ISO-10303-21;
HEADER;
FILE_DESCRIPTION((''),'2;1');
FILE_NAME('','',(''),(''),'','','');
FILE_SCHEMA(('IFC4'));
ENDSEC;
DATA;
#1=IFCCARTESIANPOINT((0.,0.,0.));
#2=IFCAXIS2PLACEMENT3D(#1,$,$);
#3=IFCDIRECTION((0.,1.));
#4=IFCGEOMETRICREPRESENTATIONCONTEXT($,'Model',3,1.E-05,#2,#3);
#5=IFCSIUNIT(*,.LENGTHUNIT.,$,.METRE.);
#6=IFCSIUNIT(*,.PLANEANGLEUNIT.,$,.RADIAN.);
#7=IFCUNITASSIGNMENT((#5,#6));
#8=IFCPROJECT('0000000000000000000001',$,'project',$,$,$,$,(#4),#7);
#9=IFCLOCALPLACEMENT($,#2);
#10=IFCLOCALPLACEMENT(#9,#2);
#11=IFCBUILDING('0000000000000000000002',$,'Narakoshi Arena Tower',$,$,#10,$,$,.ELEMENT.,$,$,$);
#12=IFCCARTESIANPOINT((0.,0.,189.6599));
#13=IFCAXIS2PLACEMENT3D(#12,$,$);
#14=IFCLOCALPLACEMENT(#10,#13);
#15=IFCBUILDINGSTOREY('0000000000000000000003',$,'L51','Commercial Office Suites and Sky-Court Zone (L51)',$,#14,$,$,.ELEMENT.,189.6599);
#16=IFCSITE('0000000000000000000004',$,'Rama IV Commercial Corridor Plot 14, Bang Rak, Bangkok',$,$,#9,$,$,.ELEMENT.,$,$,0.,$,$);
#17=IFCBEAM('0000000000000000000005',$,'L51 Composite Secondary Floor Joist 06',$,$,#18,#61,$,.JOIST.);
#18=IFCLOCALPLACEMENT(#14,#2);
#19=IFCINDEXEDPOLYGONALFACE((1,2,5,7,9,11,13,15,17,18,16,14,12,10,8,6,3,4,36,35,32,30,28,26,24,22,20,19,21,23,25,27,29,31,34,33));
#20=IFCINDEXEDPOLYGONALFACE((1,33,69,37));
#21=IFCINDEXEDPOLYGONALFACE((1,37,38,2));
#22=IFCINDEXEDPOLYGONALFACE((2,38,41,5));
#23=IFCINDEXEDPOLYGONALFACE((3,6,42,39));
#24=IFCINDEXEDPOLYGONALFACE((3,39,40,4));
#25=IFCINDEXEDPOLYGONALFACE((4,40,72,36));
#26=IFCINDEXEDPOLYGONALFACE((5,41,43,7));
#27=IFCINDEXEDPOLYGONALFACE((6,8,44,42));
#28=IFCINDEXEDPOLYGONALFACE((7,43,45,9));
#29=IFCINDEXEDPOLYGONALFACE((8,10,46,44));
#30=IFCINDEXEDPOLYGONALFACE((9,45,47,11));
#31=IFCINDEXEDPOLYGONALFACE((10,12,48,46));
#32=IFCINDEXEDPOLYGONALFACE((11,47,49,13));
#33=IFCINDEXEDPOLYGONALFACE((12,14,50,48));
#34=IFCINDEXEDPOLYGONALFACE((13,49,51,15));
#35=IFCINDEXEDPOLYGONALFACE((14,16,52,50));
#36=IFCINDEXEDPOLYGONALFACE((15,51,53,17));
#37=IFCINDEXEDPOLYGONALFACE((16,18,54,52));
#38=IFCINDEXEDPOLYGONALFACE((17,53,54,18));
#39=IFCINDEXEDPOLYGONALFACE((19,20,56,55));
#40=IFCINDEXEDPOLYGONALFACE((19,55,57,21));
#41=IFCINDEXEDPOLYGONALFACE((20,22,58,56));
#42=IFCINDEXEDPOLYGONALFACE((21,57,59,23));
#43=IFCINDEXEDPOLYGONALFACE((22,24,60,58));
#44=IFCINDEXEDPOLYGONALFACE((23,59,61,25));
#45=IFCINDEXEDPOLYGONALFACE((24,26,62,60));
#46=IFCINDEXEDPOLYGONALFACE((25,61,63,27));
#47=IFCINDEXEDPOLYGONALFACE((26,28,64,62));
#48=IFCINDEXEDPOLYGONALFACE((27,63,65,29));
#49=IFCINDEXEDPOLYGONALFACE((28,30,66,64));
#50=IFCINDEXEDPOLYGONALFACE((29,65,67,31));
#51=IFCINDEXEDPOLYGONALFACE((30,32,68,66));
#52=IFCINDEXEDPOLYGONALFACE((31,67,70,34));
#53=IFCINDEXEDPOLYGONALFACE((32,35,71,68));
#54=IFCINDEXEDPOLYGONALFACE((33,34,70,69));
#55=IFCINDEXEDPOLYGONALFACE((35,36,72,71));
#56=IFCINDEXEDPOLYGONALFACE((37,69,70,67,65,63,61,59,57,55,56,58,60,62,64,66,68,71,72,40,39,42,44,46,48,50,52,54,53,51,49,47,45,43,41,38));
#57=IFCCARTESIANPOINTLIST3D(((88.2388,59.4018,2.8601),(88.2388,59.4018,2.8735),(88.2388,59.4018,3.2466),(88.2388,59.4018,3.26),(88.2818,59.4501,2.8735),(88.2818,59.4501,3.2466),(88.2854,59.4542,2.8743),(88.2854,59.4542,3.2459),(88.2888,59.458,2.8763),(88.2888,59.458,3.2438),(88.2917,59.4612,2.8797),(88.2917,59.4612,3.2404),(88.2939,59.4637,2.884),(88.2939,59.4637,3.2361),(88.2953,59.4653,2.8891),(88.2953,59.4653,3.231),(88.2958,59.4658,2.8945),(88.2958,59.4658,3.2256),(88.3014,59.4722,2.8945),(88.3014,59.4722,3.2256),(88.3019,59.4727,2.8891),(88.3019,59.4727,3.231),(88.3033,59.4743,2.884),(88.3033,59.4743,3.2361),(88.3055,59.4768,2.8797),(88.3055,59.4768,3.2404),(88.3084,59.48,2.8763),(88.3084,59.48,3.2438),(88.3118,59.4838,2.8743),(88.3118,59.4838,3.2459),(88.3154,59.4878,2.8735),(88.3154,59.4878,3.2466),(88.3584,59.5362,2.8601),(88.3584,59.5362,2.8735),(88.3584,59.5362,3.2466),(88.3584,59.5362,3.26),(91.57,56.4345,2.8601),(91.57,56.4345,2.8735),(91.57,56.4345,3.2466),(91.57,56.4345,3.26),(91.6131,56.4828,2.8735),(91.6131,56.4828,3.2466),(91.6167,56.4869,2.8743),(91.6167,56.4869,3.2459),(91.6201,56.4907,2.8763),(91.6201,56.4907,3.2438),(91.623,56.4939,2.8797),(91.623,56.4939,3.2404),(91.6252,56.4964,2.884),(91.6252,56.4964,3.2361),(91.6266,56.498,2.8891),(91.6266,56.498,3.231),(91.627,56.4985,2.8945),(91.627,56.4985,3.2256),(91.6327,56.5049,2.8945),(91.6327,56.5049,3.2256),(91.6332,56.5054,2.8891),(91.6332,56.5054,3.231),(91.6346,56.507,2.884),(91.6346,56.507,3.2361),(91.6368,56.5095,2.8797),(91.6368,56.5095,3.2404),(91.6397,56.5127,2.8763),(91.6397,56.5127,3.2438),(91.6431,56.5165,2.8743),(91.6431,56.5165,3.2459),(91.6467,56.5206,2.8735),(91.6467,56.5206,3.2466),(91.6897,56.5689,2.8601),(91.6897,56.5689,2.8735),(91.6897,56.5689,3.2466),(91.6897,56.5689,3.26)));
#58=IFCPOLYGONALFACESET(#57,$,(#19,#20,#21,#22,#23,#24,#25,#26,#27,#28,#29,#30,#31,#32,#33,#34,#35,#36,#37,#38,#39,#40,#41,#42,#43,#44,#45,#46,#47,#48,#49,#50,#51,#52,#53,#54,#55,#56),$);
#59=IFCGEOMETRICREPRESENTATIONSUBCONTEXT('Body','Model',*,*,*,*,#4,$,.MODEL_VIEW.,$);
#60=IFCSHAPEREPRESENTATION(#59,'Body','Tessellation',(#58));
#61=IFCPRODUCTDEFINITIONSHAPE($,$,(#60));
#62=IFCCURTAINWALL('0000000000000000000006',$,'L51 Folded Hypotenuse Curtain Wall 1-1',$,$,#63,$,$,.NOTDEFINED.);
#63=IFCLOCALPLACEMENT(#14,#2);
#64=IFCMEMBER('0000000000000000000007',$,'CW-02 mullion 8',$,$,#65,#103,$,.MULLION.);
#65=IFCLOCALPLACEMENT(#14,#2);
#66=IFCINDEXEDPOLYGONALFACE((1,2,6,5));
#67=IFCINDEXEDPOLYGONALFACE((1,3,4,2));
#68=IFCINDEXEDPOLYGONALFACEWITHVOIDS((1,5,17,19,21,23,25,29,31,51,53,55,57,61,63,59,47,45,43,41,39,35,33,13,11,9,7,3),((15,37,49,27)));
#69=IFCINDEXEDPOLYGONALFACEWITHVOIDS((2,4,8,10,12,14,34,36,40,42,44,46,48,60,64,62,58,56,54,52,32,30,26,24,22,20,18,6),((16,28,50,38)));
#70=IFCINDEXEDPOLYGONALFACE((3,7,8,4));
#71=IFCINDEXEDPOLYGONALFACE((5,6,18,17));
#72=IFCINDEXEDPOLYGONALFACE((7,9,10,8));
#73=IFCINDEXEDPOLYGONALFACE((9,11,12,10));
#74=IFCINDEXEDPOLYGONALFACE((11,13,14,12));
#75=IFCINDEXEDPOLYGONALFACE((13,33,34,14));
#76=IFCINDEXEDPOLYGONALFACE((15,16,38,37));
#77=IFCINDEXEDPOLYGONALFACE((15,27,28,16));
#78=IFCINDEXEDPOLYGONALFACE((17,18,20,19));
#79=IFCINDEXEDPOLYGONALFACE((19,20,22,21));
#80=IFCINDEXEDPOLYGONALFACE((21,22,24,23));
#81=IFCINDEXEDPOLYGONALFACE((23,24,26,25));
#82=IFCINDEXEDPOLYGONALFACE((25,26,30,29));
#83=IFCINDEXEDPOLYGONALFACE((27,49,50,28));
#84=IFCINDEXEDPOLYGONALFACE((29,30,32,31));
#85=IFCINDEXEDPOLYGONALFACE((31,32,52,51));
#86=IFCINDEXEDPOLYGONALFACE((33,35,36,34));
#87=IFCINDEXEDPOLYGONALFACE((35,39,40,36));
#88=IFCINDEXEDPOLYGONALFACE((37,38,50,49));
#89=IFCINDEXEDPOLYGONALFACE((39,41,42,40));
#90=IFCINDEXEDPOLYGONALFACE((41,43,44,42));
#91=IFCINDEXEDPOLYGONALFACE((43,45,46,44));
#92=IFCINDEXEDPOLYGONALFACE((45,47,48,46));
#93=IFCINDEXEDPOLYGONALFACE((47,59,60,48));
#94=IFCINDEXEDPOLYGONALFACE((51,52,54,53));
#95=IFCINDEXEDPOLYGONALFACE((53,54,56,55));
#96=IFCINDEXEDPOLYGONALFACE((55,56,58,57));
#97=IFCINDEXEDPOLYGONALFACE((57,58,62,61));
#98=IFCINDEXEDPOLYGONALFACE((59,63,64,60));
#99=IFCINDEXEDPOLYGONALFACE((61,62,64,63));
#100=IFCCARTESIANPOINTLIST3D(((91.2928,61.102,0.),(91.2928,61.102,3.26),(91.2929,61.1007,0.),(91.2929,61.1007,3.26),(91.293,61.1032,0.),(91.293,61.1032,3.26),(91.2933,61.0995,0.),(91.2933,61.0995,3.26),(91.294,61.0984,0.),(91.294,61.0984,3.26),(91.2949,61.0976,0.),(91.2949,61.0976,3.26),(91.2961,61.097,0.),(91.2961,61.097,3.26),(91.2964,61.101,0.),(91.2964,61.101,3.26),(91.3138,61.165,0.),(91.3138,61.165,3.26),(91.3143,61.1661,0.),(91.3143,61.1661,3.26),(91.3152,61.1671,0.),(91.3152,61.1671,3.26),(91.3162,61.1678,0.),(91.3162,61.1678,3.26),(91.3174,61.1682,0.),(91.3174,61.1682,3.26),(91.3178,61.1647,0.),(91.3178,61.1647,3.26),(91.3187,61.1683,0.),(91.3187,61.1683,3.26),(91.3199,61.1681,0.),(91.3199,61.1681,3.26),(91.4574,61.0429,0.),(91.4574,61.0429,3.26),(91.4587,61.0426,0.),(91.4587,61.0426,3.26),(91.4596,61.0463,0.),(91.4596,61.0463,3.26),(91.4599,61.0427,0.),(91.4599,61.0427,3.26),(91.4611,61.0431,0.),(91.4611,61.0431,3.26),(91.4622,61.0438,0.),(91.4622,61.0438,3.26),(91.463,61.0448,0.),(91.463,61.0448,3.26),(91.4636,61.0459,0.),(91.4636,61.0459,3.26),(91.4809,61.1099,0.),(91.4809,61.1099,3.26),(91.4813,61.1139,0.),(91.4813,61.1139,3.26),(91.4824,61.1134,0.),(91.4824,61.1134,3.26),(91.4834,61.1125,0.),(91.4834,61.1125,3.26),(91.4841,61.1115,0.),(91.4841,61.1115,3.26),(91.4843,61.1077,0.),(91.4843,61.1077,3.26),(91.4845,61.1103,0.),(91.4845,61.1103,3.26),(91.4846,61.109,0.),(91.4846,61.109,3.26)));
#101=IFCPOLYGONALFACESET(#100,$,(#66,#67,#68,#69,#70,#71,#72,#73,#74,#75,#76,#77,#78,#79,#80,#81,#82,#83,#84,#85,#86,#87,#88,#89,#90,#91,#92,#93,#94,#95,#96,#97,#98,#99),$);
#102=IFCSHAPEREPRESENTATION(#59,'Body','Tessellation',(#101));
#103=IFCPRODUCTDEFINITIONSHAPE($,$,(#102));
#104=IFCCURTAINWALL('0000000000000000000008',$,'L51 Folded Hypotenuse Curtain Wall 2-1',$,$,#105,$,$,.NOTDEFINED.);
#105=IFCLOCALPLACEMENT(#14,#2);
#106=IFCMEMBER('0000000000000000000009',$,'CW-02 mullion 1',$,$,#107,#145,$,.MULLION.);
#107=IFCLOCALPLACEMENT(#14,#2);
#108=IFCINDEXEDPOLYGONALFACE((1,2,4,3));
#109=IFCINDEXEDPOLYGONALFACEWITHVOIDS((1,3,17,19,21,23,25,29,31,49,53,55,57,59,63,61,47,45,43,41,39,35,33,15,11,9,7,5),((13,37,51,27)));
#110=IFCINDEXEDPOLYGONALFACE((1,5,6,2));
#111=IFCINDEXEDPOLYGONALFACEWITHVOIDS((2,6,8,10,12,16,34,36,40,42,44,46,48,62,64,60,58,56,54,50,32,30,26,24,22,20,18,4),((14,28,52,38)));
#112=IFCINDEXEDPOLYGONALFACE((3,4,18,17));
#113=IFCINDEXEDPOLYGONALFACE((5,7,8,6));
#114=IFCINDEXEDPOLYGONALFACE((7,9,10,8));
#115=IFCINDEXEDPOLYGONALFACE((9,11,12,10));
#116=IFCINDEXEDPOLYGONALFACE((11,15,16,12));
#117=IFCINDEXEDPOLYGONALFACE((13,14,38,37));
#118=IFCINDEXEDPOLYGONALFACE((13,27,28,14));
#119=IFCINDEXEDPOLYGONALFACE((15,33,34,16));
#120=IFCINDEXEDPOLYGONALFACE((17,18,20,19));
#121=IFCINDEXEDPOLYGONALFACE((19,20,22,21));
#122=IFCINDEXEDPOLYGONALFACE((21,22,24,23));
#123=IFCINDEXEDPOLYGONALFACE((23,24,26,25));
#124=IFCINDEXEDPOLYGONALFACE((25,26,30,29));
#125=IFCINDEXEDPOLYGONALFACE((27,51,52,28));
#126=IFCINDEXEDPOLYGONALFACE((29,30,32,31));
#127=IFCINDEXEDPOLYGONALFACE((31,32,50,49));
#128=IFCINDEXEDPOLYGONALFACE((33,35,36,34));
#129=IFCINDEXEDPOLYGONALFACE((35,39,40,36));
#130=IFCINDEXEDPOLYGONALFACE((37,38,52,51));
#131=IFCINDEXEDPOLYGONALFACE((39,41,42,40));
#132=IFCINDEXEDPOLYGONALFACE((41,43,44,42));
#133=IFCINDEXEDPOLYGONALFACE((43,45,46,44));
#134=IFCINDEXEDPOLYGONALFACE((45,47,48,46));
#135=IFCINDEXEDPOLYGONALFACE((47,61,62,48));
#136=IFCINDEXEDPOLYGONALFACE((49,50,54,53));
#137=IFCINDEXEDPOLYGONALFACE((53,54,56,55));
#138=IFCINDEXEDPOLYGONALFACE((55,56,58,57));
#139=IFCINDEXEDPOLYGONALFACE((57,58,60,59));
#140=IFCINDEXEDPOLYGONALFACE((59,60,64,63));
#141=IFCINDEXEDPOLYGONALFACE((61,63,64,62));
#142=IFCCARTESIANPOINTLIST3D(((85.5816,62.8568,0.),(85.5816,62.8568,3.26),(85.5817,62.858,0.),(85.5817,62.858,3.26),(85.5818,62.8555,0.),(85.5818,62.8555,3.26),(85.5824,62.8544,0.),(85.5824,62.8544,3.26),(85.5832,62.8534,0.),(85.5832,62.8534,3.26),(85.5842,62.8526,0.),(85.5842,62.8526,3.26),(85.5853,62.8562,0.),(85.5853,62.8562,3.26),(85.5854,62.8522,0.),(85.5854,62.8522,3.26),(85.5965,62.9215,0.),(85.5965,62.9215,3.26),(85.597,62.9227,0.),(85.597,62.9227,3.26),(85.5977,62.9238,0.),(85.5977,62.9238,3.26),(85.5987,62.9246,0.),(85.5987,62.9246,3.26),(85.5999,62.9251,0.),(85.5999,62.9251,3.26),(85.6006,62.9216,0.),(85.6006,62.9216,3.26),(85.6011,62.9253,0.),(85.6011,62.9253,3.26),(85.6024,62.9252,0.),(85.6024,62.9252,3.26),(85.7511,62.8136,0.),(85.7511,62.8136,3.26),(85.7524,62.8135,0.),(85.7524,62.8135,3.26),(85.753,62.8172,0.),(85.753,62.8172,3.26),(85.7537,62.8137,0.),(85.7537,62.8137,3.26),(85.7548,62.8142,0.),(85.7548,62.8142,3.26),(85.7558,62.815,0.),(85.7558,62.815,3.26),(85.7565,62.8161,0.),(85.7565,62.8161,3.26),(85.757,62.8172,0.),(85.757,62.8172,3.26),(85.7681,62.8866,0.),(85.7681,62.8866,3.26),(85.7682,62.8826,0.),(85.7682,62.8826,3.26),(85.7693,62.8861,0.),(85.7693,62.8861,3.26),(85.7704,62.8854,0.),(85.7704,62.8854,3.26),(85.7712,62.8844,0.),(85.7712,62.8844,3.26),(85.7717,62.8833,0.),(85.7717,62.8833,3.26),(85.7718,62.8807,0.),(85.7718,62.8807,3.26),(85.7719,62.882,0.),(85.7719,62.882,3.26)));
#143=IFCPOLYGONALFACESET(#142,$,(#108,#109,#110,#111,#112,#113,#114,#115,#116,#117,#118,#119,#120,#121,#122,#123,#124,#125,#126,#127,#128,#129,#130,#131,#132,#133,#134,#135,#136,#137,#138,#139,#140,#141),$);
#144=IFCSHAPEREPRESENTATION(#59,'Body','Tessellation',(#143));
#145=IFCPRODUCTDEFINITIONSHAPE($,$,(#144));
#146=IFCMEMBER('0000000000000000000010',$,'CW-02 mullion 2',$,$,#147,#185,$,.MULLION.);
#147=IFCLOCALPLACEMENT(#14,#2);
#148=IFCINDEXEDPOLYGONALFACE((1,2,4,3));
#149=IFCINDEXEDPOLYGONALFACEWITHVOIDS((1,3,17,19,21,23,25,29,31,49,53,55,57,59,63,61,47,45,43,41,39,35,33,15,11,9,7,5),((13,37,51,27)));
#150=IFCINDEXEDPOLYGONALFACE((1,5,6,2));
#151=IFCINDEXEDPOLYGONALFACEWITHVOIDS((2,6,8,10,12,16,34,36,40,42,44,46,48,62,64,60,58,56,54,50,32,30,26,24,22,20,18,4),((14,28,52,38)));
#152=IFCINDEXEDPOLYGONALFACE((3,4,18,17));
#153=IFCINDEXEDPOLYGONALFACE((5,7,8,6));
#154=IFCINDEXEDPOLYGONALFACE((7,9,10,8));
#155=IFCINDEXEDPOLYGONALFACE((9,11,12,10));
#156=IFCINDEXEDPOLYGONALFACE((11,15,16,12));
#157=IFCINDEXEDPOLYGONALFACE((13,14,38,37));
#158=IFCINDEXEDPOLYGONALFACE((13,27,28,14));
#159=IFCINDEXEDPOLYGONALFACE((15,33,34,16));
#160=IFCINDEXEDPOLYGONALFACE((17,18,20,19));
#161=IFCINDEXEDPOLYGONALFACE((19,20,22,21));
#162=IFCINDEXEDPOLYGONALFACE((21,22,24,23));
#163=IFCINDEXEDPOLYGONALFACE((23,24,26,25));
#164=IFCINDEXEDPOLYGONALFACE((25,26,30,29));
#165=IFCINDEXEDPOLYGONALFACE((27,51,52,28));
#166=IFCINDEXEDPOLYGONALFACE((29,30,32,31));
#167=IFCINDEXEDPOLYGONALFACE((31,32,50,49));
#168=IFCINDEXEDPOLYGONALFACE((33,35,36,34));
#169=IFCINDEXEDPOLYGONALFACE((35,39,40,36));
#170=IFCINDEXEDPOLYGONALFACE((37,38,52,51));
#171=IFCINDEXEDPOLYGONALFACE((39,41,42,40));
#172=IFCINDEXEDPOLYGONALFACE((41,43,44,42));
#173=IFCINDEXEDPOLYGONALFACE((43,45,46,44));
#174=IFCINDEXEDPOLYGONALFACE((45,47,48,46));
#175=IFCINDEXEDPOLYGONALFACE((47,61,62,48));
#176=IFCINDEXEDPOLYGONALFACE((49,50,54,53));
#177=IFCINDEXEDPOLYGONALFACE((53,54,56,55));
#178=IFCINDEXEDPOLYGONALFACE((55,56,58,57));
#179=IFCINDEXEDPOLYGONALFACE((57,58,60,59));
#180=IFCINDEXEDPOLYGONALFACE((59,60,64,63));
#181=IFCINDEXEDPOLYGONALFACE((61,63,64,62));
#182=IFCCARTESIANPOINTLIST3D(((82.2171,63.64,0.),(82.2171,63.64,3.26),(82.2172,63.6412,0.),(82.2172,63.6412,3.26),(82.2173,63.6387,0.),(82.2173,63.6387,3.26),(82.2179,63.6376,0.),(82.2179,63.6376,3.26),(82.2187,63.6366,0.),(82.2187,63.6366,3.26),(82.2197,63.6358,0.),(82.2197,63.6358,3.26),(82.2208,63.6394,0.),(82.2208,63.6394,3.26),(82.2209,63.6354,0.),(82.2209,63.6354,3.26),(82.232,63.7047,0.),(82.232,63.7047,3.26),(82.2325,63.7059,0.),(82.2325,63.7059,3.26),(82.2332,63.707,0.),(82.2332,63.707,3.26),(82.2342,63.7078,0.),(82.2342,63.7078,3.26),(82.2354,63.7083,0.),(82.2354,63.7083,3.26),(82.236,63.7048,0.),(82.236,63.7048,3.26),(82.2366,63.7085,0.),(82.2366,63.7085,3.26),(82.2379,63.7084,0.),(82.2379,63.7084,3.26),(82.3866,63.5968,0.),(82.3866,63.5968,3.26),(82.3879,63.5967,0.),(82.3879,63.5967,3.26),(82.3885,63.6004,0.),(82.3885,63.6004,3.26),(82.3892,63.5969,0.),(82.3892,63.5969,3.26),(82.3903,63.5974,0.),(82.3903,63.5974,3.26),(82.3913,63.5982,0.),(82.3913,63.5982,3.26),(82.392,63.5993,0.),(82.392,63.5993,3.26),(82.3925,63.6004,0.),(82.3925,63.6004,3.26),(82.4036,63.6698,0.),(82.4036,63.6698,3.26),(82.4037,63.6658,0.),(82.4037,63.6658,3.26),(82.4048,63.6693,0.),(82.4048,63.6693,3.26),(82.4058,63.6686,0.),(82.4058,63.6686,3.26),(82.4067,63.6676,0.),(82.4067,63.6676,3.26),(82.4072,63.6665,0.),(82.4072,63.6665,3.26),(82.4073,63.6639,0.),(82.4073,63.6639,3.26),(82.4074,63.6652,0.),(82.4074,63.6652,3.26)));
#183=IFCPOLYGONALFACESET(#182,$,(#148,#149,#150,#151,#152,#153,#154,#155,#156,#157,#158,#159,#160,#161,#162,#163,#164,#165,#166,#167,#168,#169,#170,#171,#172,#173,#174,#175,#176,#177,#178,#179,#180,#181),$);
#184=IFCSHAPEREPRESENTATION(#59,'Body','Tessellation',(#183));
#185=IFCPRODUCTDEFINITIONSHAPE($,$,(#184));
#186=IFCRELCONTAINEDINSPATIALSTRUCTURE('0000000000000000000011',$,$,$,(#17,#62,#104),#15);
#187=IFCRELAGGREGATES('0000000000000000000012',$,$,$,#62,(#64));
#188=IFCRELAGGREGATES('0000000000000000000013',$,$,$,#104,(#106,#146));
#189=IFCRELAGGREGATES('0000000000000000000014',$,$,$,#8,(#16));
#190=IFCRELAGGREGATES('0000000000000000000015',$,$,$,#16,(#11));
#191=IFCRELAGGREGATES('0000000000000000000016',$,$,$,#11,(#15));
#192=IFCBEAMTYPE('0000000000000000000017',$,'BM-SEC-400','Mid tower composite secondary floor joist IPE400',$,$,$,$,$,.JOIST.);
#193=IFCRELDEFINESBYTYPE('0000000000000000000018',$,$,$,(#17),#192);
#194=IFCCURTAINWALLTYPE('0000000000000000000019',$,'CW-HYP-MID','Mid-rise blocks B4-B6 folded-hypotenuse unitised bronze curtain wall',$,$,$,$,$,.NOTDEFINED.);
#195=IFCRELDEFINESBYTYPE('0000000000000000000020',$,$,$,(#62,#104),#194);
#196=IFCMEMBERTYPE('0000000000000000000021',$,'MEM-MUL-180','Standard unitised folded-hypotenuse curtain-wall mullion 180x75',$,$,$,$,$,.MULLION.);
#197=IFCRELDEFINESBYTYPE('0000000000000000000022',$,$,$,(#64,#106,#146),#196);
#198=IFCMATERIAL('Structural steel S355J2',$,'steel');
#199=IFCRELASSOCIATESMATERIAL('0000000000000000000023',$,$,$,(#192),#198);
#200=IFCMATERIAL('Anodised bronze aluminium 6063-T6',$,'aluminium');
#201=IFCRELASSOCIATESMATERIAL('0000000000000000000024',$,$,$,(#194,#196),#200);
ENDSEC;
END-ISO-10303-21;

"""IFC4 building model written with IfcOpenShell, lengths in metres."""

from ifc_helpers import new_model, si_unit, direction, frame, origin, origin_2d, place, context, subcontext, project, spatial, hollow_rectangle, i_section, extrude, material, material_profile, profile_set, type_object, element, aggregate, save


model = new_model("IFC4")

# Units and contexts
model_context = context("Model", 3, precision=1e-05, world=origin(), true_north=direction((0.0, 1.0)))
body_context = subcontext(model_context, "Body", "Model", "MODEL_VIEW")
ifc_project = project(units=[si_unit("LENGTHUNIT", "METRE"), si_unit("PLANEANGLEUNIT", "RADIAN")], contexts=[model_context])

# Site, building, storey
site_placement = place(None, origin())
site = spatial("IfcSite", under=ifc_project, at=site_placement, Name="Rama IV Commercial Corridor Plot 14, Bang Rak, Bangkok", CompositionType="ELEMENT", RefElevation=0.0)
building_placement = place(site_placement, origin())
building = spatial("IfcBuilding", under=site, at=building_placement, Name="Narakoshi Arena Tower", CompositionType="ELEMENT")
storey_placement = place(building_placement, frame((0.0, 0.0, 189.6599)))
storey = spatial("IfcBuildingStorey", under=building, at=storey_placement, Name="L51", Description="Commercial Office Suites and Sky-Court Zone (L51)", CompositionType="ELEMENT", Elevation=189.6599)

# Beam
ifc_material_1 = material(Name="Structural steel S355J2", Category="steel")
ifc_material_profile_1 = material_profile(ifc_material_1, i_section(OverallWidth=0.1799, OverallDepth=0.3999, WebThickness=0.0085, FlangeThickness=0.0134, FilletRadius=0.021, at=origin_2d()), Name="IPE400")
ifc_profile_set_1 = profile_set([ifc_material_profile_1], Name="Structural steel S355J2")
beam_type_1 = type_object("IfcBeamType", Name="BM-SEC-400", Description="Mid tower composite secondary floor joist IPE400", PredefinedType="JOIST", material=ifc_profile_set_1)
beam_1_placement = place(storey_placement, frame((91.6299, 56.5017, 3.0601), z_axis=(-0.746727, 0.665131, 0.0), x_axis=(-0.665131, -0.746727, 0.0)))
element("IfcBeam", 1, at=beam_1_placement, inside=storey, type_object=beam_type_1, Name="L51 Composite Secondary Floor Joist 06", PredefinedType="JOIST", context=body_context, shape_type="SweptSolid", body=[
    extrude(i_section(OverallWidth=0.1799, OverallDepth=0.3999, WebThickness=0.0085, FlangeThickness=0.0134, FilletRadius=0.021, at=origin_2d()), origin(), (0.0, 0.0, 1.0), 4.4612),
])

# Curtain wall, member
ifc_material_2 = material(Name="Anodised bronze aluminium 6063-T6", Category="aluminium")
curtain_wall_type = type_object("IfcCurtainWallType", Name="CW-HYP-MID", Description="Mid-rise blocks B4-B6 folded-hypotenuse unitised bronze curtain wall", PredefinedType="NOTDEFINED", material=ifc_material_2)
curtain_wall_1_placement = place(storey_placement, origin())
curtain_wall_1 = element("IfcCurtainWall", 2, at=curtain_wall_1_placement, inside=storey, type_object=curtain_wall_type, Name="L51 Folded Hypotenuse Curtain Wall 1-1", PredefinedType="NOTDEFINED")
ifc_material_profile_2 = material_profile(ifc_material_2, hollow_rectangle(XDim=0.075, YDim=0.1799, WallThickness=0.0039, OuterFilletRadius=0.0049, at=origin_2d()), Name="MUL180x75x4")
ifc_profile_set_2 = profile_set([ifc_material_profile_2], Name="Anodised bronze aluminium 6063-T6")
member_type_1 = type_object("IfcMemberType", Name="MEM-MUL-180", Description="Standard unitised folded-hypotenuse curtain-wall mullion 180x75", PredefinedType="MULLION", material=ifc_profile_set_2)
member_1_placement = place(storey_placement, frame((91.3887, 61.1055, 0.0), z_axis=(0.0, 0.0, 1.0), x_axis=(-0.318261, -0.948003, 0.0)))
member_1 = element("IfcMember", 3, at=member_1_placement, type_object=member_type_1, Name="CW-02 mullion 8", PredefinedType="MULLION", context=body_context, shape_type="SweptSolid", body=[
    extrude(hollow_rectangle(XDim=0.075, YDim=0.1799, WallThickness=0.0039, OuterFilletRadius=0.0049, at=origin_2d()), origin(), (0.0, 0.0, 1.0), 3.26),
])
aggregate(curtain_wall_1, [member_1])

# Curtain wall, members
curtain_wall_2_placement = place(storey_placement, origin())
curtain_wall_2 = element("IfcCurtainWall", 4, at=curtain_wall_2_placement, inside=storey, type_object=curtain_wall_type, Name="L51 Folded Hypotenuse Curtain Wall 2-1", PredefinedType="NOTDEFINED")
member_2_placement = place(storey_placement, frame((85.6768, 62.8694, 0.0), z_axis=(0.0, 0.0, 1.0), x_axis=(-0.226721, -0.97396, 0.0)))
member_2 = element("IfcMember", 5, at=member_2_placement, type_object=member_type_1, Name="CW-02 mullion 1", PredefinedType="MULLION", context=body_context, shape_type="SweptSolid", body=[
    extrude(hollow_rectangle(XDim=0.075, YDim=0.1799, WallThickness=0.0039, OuterFilletRadius=0.0049, at=origin_2d()), origin(), (0.0, 0.0, 1.0), 3.26),
])
member_3_placement = place(storey_placement, frame((82.3123, 63.6526, 0.0), z_axis=(0.0, 0.0, 1.0), x_axis=(-0.226721, -0.97396, 0.0)))
member_3 = element("IfcMember", 6, at=member_3_placement, type_object=member_type_1, Name="CW-02 mullion 2", PredefinedType="MULLION", context=body_context, shape_type="SweptSolid", body=[
    extrude(hollow_rectangle(XDim=0.075, YDim=0.1799, WallThickness=0.0039, OuterFilletRadius=0.0049, at=origin_2d()), origin(), (0.0, 0.0, 1.0), 3.26),
])
aggregate(curtain_wall_2, [member_2, member_3])

save(model, "model.ifc")
